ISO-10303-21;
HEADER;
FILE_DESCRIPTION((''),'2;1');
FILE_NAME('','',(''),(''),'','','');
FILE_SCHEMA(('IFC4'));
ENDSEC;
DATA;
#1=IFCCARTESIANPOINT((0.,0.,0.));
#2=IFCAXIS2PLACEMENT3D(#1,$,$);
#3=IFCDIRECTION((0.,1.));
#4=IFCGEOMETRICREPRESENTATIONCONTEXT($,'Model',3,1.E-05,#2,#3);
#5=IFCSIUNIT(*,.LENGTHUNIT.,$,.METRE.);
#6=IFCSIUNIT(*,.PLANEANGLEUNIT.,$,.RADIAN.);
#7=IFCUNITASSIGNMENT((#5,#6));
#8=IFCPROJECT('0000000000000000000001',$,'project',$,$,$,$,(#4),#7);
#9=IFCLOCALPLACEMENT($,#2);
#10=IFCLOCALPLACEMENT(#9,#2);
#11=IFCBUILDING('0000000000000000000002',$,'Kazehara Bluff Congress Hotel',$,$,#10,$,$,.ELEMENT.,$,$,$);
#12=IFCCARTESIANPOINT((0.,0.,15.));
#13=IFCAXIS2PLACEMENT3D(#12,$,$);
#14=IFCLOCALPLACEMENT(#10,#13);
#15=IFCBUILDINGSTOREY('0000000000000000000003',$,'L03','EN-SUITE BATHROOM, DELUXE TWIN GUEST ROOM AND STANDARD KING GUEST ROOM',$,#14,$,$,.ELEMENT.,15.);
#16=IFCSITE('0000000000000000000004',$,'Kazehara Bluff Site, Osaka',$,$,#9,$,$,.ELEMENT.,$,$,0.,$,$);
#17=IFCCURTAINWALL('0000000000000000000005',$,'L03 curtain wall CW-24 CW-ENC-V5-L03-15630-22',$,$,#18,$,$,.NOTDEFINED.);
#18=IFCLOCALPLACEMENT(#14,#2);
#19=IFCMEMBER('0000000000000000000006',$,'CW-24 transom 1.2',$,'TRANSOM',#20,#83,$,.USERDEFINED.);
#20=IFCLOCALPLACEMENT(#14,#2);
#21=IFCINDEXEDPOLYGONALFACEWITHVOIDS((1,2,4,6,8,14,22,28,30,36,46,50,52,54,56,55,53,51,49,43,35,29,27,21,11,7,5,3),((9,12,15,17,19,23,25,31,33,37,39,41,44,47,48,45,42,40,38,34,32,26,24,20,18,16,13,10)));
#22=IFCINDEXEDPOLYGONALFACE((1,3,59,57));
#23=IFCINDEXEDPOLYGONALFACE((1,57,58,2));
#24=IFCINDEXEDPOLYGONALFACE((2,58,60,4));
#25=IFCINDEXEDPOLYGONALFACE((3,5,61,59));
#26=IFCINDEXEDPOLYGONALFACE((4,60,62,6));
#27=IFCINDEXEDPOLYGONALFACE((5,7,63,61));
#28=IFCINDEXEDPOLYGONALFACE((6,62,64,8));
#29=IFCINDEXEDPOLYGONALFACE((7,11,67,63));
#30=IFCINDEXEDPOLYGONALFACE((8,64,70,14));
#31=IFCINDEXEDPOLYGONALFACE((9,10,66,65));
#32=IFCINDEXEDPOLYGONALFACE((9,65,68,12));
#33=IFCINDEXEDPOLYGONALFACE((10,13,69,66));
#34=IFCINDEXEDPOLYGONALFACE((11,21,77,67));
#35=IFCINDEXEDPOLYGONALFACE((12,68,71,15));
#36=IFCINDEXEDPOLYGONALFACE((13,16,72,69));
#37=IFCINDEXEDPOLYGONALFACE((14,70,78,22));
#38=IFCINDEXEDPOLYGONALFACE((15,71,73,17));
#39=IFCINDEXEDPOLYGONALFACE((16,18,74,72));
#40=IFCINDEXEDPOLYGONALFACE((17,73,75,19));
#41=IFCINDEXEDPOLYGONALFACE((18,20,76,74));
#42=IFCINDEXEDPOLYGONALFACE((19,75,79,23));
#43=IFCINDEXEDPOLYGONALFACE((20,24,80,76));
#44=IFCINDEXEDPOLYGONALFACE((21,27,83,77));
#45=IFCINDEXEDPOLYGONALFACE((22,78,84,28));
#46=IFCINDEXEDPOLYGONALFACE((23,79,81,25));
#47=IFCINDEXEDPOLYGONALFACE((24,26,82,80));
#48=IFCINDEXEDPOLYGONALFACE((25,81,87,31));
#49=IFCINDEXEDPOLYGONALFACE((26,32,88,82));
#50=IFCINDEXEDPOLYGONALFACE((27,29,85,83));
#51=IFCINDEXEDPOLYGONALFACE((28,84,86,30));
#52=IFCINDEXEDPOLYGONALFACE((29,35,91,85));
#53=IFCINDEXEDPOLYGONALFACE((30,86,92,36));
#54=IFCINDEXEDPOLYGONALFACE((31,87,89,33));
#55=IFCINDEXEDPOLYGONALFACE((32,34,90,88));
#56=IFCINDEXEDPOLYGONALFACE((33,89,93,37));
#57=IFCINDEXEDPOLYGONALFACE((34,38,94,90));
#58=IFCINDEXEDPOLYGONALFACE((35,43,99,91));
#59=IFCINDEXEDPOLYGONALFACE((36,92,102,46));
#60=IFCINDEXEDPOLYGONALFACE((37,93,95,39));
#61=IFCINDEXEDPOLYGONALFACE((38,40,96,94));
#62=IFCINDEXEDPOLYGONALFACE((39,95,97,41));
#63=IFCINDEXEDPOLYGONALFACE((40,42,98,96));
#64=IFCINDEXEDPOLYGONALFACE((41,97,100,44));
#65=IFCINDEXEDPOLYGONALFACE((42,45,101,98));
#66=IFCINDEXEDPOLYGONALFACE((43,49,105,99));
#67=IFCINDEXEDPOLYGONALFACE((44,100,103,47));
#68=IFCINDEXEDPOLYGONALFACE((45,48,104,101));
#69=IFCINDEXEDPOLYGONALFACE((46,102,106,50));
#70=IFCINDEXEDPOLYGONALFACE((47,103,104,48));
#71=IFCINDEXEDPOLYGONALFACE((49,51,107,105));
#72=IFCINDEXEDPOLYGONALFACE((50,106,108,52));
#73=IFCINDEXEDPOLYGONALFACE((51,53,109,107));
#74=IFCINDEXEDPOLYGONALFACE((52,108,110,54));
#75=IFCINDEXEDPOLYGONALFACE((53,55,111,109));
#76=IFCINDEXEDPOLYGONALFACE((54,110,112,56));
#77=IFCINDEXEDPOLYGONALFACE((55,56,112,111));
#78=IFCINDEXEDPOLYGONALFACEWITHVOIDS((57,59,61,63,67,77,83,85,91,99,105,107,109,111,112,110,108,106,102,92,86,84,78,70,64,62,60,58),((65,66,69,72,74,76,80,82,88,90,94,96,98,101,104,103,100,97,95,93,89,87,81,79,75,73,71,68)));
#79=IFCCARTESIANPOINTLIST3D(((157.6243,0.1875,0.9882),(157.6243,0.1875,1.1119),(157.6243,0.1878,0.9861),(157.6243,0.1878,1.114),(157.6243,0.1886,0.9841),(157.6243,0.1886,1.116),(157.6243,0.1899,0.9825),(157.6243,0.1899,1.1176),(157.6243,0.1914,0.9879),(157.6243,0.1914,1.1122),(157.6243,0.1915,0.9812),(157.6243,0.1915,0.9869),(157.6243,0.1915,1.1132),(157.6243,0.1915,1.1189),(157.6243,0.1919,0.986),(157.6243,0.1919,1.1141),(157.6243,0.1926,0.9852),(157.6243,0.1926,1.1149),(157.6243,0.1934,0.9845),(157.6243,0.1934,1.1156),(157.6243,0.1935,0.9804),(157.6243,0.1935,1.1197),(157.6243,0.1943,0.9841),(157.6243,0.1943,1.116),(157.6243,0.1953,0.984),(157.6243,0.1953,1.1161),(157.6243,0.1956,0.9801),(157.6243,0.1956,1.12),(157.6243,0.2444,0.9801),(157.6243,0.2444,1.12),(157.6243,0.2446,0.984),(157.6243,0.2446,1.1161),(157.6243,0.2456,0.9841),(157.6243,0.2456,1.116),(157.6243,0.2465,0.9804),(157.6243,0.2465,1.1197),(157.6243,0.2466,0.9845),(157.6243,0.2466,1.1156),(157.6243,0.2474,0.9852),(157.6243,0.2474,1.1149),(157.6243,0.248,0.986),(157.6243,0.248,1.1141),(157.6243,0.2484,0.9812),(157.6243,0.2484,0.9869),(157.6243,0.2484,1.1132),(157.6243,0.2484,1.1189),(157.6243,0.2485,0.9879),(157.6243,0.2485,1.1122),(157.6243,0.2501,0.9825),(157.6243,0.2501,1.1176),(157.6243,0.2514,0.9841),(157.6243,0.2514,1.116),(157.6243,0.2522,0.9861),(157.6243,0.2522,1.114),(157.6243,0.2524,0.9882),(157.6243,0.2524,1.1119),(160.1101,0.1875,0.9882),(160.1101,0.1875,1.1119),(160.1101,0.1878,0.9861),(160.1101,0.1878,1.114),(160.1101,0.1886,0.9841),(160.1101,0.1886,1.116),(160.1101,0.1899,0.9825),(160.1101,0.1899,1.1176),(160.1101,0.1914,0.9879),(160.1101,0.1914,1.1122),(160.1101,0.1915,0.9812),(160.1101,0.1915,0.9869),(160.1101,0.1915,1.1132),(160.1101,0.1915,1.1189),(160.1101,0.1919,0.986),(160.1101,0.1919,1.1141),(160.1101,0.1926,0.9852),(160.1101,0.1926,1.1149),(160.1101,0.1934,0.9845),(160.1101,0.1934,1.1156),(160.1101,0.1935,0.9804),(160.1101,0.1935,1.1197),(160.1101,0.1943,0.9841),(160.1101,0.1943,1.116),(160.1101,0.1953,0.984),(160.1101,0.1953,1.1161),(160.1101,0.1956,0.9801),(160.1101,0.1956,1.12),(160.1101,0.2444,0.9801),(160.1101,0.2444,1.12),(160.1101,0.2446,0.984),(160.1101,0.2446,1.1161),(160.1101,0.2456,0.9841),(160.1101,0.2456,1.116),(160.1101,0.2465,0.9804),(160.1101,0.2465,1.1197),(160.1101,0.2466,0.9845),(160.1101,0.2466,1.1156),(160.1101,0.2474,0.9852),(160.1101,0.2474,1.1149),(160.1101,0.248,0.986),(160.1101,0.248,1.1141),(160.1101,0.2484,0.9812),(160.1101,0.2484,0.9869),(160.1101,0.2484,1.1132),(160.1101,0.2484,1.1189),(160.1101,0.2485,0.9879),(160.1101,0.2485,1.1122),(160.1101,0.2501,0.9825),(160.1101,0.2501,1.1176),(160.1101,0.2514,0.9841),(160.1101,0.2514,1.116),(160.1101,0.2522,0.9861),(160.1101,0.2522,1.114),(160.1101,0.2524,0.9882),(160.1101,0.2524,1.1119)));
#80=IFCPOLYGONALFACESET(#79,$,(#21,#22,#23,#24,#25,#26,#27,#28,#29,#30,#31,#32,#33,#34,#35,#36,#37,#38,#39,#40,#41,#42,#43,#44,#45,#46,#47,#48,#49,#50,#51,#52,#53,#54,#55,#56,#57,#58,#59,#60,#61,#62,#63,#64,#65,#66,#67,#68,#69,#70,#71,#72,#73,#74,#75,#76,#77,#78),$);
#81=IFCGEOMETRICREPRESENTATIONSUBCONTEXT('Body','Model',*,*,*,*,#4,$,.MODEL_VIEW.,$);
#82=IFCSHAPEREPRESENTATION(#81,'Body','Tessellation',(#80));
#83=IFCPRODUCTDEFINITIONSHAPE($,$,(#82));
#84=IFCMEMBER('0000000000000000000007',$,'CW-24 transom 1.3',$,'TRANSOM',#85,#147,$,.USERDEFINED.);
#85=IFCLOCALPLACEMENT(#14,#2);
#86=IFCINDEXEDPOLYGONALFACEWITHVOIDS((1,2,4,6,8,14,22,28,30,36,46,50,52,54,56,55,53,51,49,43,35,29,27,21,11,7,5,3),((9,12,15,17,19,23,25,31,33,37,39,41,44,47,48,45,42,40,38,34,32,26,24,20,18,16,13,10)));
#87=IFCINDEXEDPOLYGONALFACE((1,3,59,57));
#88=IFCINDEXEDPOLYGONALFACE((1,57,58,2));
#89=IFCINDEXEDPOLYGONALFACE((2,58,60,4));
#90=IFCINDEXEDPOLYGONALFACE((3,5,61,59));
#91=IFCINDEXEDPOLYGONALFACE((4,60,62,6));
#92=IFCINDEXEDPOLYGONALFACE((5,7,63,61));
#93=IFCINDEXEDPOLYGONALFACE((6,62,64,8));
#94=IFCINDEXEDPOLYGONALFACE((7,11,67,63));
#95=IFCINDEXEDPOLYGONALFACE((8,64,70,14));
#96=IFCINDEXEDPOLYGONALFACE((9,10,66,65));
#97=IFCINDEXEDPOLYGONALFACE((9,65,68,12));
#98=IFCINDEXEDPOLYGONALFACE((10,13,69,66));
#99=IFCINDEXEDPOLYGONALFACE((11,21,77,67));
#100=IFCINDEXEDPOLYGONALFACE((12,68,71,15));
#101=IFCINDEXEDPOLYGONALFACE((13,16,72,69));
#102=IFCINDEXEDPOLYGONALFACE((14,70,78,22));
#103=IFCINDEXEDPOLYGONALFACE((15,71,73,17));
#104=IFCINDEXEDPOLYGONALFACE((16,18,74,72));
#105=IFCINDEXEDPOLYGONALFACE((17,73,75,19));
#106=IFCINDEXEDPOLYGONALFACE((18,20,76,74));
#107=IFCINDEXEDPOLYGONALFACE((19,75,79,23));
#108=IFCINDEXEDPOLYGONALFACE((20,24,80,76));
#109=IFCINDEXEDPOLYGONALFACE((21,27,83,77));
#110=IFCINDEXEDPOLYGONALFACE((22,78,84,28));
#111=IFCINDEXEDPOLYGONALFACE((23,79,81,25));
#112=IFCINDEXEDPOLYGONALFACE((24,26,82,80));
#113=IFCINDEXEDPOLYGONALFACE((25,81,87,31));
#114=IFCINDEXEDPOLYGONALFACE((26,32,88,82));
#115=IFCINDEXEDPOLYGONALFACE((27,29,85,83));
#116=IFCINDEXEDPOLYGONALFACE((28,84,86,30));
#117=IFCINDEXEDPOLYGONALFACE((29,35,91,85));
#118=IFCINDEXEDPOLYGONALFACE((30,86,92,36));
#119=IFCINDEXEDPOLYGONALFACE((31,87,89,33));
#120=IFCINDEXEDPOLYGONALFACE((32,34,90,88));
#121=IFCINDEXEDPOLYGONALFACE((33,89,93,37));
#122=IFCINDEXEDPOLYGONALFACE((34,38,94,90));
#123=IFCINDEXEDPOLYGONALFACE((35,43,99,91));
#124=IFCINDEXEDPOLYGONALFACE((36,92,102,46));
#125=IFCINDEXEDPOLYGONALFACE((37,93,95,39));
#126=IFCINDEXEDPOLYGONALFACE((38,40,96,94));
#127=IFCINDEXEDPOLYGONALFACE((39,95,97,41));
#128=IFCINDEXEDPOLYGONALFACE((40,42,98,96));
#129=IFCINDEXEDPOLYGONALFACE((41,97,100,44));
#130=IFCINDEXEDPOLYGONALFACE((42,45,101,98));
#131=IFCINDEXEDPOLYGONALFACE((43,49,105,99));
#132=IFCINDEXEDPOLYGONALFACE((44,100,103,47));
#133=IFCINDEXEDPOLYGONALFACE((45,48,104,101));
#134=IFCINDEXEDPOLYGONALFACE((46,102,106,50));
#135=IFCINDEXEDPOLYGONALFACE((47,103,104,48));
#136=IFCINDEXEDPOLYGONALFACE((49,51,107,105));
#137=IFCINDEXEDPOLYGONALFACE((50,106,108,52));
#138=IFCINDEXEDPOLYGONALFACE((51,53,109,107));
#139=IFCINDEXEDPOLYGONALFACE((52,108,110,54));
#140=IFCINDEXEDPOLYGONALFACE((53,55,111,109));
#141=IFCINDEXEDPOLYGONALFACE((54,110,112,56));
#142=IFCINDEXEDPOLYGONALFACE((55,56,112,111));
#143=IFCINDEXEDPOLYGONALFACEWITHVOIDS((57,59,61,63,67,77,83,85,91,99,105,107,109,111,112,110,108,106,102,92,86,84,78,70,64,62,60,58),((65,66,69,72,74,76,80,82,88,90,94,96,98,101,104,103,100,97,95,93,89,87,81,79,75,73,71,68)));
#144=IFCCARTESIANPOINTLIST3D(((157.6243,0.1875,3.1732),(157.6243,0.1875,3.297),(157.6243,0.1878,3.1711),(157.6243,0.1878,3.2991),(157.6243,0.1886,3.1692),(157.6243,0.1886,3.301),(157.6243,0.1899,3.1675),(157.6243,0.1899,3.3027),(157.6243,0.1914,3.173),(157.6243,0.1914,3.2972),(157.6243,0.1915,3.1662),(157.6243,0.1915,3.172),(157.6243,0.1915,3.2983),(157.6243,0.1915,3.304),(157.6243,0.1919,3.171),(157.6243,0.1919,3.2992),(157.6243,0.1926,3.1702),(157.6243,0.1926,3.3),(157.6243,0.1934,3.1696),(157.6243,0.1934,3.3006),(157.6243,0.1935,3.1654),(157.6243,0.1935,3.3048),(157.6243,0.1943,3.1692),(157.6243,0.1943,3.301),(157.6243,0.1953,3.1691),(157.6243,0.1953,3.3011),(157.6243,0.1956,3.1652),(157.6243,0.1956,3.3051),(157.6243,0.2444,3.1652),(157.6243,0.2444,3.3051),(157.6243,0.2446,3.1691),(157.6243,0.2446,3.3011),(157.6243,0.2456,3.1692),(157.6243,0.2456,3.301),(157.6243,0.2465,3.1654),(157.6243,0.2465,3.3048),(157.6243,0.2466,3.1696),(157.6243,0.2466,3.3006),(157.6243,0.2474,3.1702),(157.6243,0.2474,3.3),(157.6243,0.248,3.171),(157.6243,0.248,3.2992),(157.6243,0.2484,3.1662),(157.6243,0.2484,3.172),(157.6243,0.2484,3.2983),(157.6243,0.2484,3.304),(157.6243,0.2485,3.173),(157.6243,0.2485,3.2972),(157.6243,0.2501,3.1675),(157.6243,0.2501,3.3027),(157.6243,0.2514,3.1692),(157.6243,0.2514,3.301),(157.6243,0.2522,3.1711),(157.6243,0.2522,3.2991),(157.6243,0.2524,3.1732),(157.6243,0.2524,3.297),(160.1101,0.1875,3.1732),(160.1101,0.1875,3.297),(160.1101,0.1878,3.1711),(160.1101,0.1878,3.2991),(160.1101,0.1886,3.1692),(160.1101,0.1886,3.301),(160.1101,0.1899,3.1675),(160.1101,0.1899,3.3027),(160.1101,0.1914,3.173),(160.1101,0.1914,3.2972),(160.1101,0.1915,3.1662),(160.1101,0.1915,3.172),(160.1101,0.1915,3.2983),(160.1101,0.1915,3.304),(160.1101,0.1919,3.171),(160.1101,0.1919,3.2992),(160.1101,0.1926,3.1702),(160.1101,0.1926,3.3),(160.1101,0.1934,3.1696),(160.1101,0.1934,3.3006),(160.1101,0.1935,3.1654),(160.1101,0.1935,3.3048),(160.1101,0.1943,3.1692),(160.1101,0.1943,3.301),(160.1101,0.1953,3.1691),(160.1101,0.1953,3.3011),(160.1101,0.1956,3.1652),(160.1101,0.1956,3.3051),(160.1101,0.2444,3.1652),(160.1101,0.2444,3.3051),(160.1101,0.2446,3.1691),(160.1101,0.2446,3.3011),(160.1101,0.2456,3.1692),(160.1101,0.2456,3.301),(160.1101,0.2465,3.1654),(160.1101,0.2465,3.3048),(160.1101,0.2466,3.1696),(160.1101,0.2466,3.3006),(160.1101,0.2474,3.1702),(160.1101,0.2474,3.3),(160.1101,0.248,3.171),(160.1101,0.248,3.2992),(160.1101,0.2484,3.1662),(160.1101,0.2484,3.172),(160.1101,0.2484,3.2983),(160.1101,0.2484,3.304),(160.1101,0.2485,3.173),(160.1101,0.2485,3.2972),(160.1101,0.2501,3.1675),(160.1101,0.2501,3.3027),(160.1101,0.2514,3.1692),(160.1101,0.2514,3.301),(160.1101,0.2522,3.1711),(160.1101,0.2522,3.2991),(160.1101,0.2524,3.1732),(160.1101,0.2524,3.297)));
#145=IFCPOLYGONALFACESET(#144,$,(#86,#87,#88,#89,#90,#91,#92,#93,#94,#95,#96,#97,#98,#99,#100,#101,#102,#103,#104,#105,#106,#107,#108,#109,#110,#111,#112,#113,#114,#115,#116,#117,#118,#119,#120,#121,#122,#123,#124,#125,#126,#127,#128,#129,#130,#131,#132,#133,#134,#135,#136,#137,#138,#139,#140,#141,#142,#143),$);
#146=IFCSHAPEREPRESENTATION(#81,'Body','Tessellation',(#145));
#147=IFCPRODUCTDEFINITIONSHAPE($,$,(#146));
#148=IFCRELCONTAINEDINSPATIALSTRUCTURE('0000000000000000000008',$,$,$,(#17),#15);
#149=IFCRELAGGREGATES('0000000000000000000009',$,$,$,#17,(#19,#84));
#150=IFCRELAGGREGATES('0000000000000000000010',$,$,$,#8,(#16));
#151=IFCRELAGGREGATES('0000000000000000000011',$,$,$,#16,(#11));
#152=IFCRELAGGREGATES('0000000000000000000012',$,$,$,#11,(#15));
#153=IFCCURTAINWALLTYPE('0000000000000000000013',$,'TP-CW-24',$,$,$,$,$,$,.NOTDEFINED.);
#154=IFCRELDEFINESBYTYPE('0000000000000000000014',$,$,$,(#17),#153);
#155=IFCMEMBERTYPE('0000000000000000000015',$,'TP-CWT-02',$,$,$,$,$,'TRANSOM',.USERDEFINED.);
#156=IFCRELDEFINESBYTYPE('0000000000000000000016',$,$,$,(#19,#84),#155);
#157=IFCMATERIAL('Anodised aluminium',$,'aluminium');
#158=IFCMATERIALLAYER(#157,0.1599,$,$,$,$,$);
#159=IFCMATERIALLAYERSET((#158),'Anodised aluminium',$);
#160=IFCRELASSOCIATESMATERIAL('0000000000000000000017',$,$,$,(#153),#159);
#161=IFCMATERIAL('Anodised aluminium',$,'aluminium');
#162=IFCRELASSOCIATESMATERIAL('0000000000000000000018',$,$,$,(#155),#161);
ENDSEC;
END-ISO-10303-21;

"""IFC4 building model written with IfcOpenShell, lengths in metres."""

from ifc_helpers import new_model, si_unit, direction, frame, origin, origin_2d, place, context, subcontext, project, spatial, hollow_rectangle, extrude, material, layer, layer_set, material_profile, profile_set, type_object, element, aggregate, save


model = new_model("IFC4")

# Units and contexts
model_context = context("Model", 3, precision=1e-05, world=origin(), true_north=direction((0.0, 1.0)))
body_context = subcontext(model_context, "Body", "Model", "MODEL_VIEW")
ifc_project = project(units=[si_unit("LENGTHUNIT", "METRE"), si_unit("PLANEANGLEUNIT", "RADIAN")], contexts=[model_context])

# Site, building, storey
site_placement = place(None, origin())
site = spatial("IfcSite", under=ifc_project, at=site_placement, Name="Kazehara Bluff Site, Osaka", CompositionType="ELEMENT", RefElevation=0.0)
building_placement = place(site_placement, origin())
building = spatial("IfcBuilding", under=site, at=building_placement, Name="Kazehara Bluff Congress Hotel", CompositionType="ELEMENT")
storey_placement = place(building_placement, frame((0.0, 0.0, 15.0)))
storey = spatial("IfcBuildingStorey", under=building, at=storey_placement, Name="L03", Description="EN-SUITE BATHROOM, DELUXE TWIN GUEST ROOM AND STANDARD KING GUEST ROOM", CompositionType="ELEMENT", Elevation=15.0)

# Curtain wall
ifc_material_1 = material(Name="Anodised aluminium", Category="aluminium")
ifc_layer_1 = layer(ifc_material_1, 0.1599)
ifc_layer_set_1 = layer_set([ifc_layer_1], Name="Anodised aluminium")
curtain_wall_type_1 = type_object("IfcCurtainWallType", Name="TP-CW-24", PredefinedType="NOTDEFINED", material=ifc_layer_set_1)
curtain_wall_1_placement = place(storey_placement, origin())
curtain_wall_1 = element("IfcCurtainWall", 1, at=curtain_wall_1_placement, inside=storey, type_object=curtain_wall_type_1, Name="L03 curtain wall CW-24 CW-ENC-V5-L03-15630-22", PredefinedType="NOTDEFINED")

# Members
ifc_material_2 = material(Name="Anodised aluminium", Category="aluminium")
ifc_material_profile_1 = material_profile(ifc_material_2, hollow_rectangle(XDim=0.0649, YDim=0.1399, WallThickness=0.0039, InnerFilletRadius=0.0039, OuterFilletRadius=0.0081, at=origin_2d()))
ifc_profile_set_1 = profile_set([ifc_material_profile_1], Name="Anodised aluminium")
member_type_1 = type_object("IfcMemberType", Name="TP-CWT-02", ElementType="TRANSOM", PredefinedType="USERDEFINED", material=ifc_profile_set_1)
member_1_placement = place(storey_placement, frame((160.1101, 0.22, 1.05), z_axis=(-1.0, 0.0, 0.0), x_axis=(0.0, -1.0, 0.0)))
member_1 = element("IfcMember", 2, at=member_1_placement, type_object=member_type_1, Name="CW-24 transom 1.2", ObjectType="TRANSOM", PredefinedType="USERDEFINED", context=body_context, shape_type="SweptSolid", body=[
    extrude(hollow_rectangle(XDim=0.0649, YDim=0.1399, WallThickness=0.0039, InnerFilletRadius=0.0039, OuterFilletRadius=0.0081, at=origin_2d()), origin(), (0.0, 0.0, 1.0), 2.4858),
])
member_2_placement = place(storey_placement, frame((160.1101, 0.22, 3.2351), z_axis=(-1.0, 0.0, 0.0), x_axis=(0.0, -1.0, 0.0)))
member_2 = element("IfcMember", 3, at=member_2_placement, type_object=member_type_1, Name="CW-24 transom 1.3", ObjectType="TRANSOM", PredefinedType="USERDEFINED", context=body_context, shape_type="SweptSolid", body=[
    extrude(hollow_rectangle(XDim=0.0649, YDim=0.1399, WallThickness=0.0039, InnerFilletRadius=0.0039, OuterFilletRadius=0.0081, at=origin_2d()), origin(), (0.0, 0.0, 1.0), 2.4858),
])

aggregate(curtain_wall_1, [member_1, member_2])

save(model, "model.ifc")
